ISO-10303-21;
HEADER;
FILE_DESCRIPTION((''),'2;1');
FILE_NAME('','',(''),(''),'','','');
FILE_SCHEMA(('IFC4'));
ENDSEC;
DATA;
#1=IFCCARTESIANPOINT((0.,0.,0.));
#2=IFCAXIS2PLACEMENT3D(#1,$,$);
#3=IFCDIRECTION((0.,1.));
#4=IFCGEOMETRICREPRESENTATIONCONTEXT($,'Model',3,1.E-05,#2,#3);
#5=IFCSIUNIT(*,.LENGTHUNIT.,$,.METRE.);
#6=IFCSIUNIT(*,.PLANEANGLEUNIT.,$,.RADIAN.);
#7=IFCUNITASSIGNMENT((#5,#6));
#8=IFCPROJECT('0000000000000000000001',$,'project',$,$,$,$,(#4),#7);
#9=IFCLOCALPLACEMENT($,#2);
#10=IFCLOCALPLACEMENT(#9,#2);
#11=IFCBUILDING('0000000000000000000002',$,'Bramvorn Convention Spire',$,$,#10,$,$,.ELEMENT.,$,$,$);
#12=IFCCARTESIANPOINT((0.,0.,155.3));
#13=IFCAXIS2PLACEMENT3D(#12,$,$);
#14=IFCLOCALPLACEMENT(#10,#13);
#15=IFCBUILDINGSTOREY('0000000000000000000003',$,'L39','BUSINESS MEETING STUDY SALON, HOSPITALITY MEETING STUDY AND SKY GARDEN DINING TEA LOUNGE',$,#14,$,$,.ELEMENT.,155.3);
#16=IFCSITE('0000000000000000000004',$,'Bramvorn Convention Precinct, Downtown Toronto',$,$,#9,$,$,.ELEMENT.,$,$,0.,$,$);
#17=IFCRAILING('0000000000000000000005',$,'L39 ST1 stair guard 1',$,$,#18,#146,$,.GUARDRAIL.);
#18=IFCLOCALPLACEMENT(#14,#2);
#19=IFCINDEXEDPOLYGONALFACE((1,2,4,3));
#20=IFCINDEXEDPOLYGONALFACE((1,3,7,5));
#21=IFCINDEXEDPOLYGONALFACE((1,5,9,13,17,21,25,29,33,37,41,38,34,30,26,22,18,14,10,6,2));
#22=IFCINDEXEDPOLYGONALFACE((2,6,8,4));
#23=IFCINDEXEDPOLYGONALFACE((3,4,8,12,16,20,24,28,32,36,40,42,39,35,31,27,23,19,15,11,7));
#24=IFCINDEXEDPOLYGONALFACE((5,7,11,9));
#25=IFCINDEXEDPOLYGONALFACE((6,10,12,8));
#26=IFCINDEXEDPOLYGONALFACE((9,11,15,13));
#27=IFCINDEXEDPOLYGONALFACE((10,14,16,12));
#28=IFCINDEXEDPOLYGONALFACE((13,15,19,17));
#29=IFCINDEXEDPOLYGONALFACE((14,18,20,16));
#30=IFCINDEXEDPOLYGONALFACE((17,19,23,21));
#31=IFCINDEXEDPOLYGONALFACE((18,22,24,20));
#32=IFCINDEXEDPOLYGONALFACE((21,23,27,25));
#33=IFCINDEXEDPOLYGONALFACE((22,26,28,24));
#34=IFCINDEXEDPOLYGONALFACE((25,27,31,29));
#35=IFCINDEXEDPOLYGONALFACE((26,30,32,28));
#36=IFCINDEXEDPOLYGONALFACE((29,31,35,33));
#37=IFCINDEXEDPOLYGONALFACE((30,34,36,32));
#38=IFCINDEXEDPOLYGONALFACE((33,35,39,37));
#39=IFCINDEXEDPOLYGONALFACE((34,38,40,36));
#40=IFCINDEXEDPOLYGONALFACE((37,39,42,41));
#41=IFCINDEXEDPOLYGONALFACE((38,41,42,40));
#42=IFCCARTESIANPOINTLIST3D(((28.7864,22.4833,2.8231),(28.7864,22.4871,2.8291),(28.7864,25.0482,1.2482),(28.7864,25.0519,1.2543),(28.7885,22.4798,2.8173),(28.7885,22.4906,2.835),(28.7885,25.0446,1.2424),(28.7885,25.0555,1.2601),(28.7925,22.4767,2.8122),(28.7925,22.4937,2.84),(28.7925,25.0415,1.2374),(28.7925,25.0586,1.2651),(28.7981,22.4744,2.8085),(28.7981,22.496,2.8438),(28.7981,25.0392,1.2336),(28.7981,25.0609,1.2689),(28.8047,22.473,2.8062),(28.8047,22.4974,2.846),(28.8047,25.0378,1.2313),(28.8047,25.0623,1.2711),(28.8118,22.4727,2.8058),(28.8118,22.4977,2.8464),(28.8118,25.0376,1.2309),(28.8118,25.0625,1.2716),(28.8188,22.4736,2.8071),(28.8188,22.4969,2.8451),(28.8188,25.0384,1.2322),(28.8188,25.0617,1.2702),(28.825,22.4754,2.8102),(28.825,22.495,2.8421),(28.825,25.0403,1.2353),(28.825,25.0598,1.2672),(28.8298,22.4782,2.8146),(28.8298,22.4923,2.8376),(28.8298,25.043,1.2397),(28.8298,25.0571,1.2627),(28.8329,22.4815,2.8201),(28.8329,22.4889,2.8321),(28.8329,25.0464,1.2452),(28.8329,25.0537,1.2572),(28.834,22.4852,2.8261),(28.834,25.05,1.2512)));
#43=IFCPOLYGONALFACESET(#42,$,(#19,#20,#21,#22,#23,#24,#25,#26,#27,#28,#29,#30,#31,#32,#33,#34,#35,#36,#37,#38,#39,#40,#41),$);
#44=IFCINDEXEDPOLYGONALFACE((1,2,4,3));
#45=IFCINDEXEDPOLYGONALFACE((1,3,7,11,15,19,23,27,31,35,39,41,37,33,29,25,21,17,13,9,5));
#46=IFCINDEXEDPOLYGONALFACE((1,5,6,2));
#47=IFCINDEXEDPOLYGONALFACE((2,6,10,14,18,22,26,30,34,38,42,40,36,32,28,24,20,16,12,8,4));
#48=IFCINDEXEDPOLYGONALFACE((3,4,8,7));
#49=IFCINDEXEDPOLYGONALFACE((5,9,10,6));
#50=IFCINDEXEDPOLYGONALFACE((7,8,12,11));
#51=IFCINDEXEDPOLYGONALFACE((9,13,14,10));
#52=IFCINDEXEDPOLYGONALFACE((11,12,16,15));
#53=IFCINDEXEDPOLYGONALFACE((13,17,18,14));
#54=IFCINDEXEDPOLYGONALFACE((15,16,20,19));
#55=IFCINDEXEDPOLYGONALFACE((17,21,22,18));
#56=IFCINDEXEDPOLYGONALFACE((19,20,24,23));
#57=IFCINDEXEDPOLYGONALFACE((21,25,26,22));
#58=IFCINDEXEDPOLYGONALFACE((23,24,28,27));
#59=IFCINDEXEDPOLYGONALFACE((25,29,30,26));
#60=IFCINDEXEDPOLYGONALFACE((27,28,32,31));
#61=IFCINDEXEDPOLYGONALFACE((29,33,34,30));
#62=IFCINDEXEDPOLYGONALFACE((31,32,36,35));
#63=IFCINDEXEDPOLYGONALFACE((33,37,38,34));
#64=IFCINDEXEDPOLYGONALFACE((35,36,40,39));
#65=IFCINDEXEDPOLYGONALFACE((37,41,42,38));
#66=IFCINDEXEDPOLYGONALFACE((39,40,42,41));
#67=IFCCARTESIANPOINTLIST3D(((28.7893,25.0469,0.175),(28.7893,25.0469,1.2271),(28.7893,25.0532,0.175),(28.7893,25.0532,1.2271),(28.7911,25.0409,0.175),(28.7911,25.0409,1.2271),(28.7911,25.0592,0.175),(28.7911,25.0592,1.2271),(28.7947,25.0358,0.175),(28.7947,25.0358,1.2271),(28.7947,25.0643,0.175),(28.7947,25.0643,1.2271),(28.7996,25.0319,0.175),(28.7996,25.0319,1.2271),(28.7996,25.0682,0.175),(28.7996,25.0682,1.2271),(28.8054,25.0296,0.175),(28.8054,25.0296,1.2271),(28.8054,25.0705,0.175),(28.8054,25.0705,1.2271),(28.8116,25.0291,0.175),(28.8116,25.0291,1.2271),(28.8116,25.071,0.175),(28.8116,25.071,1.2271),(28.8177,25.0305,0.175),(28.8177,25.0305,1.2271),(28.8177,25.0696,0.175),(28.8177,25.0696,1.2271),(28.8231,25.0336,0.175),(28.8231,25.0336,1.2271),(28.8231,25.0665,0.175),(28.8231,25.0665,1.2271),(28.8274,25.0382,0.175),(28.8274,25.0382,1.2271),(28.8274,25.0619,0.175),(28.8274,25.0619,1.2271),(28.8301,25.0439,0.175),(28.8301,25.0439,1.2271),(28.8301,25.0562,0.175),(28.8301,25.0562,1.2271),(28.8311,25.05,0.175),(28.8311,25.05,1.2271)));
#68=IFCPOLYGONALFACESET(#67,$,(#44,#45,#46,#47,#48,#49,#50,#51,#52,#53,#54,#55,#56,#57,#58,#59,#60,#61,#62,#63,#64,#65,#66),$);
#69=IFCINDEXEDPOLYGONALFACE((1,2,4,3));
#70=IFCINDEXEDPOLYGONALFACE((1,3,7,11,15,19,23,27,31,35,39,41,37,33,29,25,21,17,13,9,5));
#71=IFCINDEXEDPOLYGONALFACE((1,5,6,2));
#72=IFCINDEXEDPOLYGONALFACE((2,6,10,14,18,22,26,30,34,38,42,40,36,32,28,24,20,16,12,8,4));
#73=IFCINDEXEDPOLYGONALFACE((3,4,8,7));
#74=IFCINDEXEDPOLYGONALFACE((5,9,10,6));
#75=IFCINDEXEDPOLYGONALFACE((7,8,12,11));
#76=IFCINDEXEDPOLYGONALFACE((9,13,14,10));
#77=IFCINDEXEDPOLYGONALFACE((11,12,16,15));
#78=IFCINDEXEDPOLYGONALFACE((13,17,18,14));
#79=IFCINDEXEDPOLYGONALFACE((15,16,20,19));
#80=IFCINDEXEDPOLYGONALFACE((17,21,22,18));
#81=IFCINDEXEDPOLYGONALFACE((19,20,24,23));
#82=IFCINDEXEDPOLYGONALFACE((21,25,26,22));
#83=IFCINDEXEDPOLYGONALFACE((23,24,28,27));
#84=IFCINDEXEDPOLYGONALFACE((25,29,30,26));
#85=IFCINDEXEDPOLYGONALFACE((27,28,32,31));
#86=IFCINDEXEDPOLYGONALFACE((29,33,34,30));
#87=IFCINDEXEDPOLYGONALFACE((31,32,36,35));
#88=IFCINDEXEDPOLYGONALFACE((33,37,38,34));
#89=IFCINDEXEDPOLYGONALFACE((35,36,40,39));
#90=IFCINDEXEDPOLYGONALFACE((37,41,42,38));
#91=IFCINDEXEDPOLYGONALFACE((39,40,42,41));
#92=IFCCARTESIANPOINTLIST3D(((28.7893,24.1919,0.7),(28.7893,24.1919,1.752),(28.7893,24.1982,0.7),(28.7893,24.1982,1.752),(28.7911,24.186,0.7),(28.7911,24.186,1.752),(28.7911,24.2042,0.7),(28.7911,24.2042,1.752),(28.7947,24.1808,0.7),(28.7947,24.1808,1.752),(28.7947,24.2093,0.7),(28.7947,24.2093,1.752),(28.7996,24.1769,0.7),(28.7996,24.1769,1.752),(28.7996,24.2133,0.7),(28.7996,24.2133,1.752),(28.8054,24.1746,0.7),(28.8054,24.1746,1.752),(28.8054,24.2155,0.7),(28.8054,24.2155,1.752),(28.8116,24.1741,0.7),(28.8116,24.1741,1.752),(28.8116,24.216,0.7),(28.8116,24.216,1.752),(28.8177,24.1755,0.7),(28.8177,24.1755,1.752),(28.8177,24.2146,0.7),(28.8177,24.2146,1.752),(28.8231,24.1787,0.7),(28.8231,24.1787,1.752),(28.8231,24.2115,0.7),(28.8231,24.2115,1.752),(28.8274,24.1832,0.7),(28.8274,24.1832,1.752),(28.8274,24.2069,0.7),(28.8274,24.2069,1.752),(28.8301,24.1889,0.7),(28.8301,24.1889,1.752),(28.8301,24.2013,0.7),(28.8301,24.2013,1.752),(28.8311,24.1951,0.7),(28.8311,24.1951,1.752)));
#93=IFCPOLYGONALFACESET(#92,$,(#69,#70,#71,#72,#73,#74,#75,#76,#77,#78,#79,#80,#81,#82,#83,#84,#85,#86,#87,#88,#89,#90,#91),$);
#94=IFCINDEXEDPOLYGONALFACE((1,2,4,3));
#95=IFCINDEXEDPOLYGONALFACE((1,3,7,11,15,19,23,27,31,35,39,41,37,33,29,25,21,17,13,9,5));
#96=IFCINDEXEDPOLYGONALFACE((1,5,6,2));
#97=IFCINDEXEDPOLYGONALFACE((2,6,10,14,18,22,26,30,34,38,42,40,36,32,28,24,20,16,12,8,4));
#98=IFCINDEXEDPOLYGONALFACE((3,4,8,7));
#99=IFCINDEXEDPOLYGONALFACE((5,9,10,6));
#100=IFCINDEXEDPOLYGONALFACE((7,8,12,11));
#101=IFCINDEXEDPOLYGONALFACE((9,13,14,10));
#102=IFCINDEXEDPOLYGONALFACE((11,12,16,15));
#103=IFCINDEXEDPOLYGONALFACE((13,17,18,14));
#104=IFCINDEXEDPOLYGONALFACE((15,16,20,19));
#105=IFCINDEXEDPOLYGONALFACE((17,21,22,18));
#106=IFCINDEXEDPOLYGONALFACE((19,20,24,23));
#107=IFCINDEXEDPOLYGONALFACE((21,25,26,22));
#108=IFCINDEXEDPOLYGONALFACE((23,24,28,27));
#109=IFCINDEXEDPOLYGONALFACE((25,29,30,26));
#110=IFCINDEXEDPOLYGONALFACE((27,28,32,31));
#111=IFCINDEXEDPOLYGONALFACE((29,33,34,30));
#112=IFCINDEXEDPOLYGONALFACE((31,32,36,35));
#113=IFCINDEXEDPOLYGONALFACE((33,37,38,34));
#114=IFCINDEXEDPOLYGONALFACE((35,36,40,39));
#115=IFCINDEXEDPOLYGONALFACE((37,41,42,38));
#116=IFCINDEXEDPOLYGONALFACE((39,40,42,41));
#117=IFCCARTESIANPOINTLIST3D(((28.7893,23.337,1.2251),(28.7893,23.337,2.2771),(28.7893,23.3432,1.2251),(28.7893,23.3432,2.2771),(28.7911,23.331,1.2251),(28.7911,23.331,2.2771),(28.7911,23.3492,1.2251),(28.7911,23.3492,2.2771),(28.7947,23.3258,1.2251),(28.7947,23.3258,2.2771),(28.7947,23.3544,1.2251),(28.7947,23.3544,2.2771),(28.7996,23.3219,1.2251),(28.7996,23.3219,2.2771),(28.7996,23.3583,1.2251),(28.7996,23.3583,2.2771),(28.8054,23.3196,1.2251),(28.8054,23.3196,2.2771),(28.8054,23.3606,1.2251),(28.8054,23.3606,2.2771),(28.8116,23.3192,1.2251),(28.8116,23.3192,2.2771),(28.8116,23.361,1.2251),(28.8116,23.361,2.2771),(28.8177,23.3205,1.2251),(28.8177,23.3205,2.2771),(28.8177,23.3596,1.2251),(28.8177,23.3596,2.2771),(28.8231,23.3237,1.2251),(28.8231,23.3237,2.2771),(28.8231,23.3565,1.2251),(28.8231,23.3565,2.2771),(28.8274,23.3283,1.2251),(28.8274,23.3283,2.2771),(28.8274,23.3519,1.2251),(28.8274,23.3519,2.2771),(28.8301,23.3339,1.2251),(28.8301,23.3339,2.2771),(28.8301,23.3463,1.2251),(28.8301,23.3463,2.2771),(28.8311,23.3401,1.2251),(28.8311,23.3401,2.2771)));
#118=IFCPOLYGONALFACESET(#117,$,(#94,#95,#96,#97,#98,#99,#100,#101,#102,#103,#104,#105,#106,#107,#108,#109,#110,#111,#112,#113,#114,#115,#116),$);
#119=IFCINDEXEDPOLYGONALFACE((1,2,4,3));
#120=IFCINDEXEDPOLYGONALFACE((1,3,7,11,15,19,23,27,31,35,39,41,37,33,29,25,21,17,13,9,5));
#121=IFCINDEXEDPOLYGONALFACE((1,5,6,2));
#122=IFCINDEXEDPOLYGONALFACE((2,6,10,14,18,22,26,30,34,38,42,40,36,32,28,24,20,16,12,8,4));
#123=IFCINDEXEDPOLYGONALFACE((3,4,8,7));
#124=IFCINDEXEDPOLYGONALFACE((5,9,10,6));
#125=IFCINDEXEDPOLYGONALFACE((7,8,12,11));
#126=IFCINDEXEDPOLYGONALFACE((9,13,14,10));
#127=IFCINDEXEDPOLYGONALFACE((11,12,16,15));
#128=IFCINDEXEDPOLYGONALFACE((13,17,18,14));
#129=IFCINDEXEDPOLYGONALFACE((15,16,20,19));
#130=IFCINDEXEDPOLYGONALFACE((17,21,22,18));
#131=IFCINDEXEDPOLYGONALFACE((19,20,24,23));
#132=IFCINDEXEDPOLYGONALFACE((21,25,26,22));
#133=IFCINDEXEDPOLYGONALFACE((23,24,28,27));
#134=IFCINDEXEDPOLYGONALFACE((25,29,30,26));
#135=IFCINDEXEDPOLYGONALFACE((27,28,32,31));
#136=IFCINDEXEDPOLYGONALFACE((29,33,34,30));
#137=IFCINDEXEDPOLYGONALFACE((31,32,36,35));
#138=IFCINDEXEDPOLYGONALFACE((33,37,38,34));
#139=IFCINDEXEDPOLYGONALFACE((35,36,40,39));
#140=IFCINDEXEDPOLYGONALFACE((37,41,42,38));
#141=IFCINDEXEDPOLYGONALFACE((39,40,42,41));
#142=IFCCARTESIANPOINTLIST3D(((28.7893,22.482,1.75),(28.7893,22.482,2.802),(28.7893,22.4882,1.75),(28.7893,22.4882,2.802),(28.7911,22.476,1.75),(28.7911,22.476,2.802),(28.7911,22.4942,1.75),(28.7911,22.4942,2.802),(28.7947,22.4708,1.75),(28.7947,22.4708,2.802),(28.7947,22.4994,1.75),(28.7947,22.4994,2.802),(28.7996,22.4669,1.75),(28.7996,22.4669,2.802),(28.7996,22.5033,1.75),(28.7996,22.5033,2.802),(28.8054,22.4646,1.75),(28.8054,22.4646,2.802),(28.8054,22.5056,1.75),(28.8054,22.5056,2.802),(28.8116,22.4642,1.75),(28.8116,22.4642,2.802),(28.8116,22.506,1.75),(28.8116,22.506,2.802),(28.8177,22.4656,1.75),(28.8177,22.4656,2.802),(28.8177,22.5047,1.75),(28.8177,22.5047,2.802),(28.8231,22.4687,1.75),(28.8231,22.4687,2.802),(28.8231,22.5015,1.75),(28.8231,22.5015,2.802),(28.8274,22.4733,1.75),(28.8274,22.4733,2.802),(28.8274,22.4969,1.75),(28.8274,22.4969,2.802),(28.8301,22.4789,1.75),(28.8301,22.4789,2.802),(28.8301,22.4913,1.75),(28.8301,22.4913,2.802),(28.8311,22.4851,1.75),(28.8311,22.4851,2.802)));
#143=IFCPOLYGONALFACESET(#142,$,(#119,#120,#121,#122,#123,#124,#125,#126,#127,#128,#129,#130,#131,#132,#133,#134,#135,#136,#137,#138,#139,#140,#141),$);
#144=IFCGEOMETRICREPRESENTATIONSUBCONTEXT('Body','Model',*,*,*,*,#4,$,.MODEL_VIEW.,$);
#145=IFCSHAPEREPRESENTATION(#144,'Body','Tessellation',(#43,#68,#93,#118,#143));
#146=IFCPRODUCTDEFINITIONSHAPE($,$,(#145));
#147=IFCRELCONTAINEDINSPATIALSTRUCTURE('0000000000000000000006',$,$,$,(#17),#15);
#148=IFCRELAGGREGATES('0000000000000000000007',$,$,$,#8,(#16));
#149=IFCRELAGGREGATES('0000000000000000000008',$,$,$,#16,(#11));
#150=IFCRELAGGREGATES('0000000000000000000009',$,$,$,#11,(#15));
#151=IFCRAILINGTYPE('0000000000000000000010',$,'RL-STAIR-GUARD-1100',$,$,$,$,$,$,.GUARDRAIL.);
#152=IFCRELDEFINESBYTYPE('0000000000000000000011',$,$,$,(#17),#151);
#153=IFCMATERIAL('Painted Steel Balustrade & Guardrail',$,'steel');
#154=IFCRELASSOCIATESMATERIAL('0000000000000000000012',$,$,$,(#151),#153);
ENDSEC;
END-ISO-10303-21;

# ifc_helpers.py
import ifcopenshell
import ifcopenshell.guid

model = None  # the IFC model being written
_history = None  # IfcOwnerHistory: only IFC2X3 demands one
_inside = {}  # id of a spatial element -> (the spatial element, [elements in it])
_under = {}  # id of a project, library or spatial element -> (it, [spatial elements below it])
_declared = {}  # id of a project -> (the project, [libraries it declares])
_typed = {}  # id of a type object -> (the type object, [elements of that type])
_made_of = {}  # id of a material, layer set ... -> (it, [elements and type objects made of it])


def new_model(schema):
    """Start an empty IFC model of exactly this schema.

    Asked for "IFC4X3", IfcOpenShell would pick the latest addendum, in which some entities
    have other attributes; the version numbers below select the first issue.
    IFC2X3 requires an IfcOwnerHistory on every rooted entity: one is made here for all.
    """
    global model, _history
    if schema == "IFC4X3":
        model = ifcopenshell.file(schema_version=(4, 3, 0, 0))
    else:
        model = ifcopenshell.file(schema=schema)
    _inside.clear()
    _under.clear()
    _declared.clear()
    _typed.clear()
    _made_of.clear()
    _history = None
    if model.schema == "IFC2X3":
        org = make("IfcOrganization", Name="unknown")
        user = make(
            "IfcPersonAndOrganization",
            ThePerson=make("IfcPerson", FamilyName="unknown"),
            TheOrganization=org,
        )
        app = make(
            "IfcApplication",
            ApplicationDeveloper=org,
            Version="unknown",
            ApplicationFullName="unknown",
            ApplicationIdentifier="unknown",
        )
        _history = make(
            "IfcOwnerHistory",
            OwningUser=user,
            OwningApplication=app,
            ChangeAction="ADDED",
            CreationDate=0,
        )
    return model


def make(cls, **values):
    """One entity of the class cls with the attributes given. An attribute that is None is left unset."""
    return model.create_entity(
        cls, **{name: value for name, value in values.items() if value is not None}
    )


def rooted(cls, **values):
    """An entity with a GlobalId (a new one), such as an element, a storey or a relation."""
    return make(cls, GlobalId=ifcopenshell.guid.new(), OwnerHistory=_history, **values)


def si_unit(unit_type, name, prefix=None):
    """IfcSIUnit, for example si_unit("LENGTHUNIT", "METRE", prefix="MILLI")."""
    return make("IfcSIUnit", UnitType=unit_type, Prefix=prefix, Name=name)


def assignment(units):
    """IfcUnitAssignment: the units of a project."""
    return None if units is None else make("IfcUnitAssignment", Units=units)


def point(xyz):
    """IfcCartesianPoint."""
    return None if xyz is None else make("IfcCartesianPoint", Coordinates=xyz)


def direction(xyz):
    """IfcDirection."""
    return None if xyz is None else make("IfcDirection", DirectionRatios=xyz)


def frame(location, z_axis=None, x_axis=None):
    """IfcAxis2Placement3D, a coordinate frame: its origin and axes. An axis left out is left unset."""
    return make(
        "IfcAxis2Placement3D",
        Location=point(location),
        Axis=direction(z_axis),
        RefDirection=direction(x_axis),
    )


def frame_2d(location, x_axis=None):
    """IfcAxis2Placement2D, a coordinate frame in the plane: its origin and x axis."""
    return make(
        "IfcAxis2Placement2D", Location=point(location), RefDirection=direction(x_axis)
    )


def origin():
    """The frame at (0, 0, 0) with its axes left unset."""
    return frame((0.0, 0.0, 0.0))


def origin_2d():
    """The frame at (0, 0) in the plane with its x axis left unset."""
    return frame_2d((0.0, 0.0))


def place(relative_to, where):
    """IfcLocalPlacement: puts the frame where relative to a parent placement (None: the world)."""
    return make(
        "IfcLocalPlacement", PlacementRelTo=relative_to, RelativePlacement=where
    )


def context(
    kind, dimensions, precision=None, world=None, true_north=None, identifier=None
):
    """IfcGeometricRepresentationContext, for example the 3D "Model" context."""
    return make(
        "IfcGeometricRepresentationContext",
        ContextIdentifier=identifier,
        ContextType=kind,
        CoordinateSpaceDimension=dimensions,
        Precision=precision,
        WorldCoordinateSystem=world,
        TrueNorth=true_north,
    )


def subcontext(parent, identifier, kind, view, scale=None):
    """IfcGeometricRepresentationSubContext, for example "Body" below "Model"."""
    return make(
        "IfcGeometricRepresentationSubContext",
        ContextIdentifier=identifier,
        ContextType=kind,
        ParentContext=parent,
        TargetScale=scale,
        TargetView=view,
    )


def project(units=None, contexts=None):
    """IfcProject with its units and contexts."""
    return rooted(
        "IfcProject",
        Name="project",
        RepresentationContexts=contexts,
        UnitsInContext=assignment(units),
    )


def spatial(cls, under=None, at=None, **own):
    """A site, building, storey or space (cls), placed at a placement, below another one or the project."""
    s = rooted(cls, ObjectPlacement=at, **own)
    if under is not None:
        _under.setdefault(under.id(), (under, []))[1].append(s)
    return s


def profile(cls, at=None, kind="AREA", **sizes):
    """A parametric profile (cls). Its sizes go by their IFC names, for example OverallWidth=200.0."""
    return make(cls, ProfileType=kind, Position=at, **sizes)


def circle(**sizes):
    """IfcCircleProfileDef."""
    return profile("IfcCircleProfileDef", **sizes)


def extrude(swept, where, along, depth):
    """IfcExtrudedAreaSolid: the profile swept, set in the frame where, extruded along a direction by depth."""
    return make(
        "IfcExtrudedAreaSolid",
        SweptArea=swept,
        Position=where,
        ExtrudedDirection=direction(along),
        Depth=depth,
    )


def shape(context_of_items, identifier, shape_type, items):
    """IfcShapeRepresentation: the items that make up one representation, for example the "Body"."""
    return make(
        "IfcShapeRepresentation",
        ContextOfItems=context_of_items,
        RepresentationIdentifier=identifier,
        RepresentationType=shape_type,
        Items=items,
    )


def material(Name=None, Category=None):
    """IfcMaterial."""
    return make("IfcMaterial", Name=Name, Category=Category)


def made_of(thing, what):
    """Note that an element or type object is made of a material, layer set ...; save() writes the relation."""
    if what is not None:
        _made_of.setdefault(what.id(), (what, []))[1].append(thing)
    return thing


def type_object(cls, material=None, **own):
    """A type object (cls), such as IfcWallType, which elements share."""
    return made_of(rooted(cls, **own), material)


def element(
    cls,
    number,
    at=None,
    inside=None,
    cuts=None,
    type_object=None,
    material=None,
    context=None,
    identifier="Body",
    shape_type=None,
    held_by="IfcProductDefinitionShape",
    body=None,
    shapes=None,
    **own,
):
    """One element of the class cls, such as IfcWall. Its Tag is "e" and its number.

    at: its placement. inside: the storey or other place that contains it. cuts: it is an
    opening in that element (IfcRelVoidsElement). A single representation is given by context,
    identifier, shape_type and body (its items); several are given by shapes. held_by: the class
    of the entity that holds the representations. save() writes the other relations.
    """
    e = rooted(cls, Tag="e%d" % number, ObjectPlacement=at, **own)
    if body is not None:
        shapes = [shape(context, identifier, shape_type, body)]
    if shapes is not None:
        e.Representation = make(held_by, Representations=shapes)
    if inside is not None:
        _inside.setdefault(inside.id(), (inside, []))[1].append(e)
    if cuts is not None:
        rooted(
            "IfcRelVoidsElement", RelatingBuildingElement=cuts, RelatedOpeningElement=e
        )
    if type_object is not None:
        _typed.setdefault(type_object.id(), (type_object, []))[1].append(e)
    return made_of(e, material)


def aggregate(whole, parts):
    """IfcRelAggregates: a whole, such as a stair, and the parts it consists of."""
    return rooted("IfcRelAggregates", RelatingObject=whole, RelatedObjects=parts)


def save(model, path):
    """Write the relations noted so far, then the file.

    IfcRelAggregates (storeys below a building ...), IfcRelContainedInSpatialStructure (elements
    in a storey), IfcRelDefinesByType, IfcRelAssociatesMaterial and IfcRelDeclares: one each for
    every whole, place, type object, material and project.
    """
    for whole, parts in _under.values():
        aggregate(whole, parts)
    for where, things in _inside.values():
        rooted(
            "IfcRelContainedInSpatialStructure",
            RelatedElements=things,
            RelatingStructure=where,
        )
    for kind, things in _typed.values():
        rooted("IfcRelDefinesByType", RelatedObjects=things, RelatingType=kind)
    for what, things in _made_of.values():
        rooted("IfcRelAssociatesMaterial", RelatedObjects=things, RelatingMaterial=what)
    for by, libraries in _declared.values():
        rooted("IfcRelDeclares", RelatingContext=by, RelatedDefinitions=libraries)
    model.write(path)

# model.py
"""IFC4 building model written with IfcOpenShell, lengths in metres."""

from ifc_helpers import new_model, si_unit, direction, frame, origin, origin_2d, place, context, subcontext, project, spatial, circle, extrude, material, type_object, element, save


model = new_model("IFC4")

# Units and contexts
model_context = context("Model", 3, precision=1e-05, world=origin(), true_north=direction((0.0, 1.0)))
body_context = subcontext(model_context, "Body", "Model", "MODEL_VIEW")
ifc_project = project(units=[si_unit("LENGTHUNIT", "METRE"), si_unit("PLANEANGLEUNIT", "RADIAN")], contexts=[model_context])

# Site, building, storey
site_placement = place(None, origin())
site = spatial("IfcSite", under=ifc_project, at=site_placement, Name="Bramvorn Convention Precinct, Downtown Toronto", CompositionType="ELEMENT", RefElevation=0.0)
building_placement = place(site_placement, origin())
building = spatial("IfcBuilding", under=site, at=building_placement, Name="Bramvorn Convention Spire", CompositionType="ELEMENT")
storey_placement = place(building_placement, frame((0.0, 0.0, 155.3)))
storey = spatial("IfcBuildingStorey", under=building, at=storey_placement, Name="L39", Description="BUSINESS MEETING STUDY SALON, HOSPITALITY MEETING STUDY AND SKY GARDEN DINING TEA LOUNGE", CompositionType="ELEMENT", Elevation=155.3)

# Railing
ifc_material_1 = material(Name="Painted Steel Balustrade & Guardrail", Category="steel")
railing_type_1 = type_object("IfcRailingType", Name="RL-STAIR-GUARD-1100", PredefinedType="GUARDRAIL", material=ifc_material_1)
railing_1_placement = place(storey_placement, frame((28.8101, 25.05, 0.175)))
element("IfcRailing", 1, at=railing_1_placement, inside=storey, type_object=railing_type_1, Name="L39 ST1 stair guard 1", PredefinedType="GUARDRAIL", context=body_context, shape_type="SweptSolid", body=[
    extrude(circle(Radius=0.0239, at=origin_2d()), frame((0.0, 0.0, 1.0762), z_axis=(0.0, -0.852173, 0.52326), x_axis=(1.0, 0.0, 0.0)), (0.0, 0.0, 1.0), 3.0098),
    extrude(circle(Radius=0.021, at=origin_2d()), origin(), (0.0, 0.0, 1.0), 1.052),
    extrude(circle(Radius=0.021, at=origin_2d()), frame((0.0, -0.855, 0.5249)), (0.0, 0.0, 1.0), 1.052),
    extrude(circle(Radius=0.021, at=origin_2d()), frame((0.0, -1.71, 1.05)), (0.0, 0.0, 1.0), 1.052),
    extrude(circle(Radius=0.021, at=origin_2d()), frame((0.0, -2.5649, 1.575)), (0.0, 0.0, 1.0), 1.052),
])

save(model, "model.ifc")
